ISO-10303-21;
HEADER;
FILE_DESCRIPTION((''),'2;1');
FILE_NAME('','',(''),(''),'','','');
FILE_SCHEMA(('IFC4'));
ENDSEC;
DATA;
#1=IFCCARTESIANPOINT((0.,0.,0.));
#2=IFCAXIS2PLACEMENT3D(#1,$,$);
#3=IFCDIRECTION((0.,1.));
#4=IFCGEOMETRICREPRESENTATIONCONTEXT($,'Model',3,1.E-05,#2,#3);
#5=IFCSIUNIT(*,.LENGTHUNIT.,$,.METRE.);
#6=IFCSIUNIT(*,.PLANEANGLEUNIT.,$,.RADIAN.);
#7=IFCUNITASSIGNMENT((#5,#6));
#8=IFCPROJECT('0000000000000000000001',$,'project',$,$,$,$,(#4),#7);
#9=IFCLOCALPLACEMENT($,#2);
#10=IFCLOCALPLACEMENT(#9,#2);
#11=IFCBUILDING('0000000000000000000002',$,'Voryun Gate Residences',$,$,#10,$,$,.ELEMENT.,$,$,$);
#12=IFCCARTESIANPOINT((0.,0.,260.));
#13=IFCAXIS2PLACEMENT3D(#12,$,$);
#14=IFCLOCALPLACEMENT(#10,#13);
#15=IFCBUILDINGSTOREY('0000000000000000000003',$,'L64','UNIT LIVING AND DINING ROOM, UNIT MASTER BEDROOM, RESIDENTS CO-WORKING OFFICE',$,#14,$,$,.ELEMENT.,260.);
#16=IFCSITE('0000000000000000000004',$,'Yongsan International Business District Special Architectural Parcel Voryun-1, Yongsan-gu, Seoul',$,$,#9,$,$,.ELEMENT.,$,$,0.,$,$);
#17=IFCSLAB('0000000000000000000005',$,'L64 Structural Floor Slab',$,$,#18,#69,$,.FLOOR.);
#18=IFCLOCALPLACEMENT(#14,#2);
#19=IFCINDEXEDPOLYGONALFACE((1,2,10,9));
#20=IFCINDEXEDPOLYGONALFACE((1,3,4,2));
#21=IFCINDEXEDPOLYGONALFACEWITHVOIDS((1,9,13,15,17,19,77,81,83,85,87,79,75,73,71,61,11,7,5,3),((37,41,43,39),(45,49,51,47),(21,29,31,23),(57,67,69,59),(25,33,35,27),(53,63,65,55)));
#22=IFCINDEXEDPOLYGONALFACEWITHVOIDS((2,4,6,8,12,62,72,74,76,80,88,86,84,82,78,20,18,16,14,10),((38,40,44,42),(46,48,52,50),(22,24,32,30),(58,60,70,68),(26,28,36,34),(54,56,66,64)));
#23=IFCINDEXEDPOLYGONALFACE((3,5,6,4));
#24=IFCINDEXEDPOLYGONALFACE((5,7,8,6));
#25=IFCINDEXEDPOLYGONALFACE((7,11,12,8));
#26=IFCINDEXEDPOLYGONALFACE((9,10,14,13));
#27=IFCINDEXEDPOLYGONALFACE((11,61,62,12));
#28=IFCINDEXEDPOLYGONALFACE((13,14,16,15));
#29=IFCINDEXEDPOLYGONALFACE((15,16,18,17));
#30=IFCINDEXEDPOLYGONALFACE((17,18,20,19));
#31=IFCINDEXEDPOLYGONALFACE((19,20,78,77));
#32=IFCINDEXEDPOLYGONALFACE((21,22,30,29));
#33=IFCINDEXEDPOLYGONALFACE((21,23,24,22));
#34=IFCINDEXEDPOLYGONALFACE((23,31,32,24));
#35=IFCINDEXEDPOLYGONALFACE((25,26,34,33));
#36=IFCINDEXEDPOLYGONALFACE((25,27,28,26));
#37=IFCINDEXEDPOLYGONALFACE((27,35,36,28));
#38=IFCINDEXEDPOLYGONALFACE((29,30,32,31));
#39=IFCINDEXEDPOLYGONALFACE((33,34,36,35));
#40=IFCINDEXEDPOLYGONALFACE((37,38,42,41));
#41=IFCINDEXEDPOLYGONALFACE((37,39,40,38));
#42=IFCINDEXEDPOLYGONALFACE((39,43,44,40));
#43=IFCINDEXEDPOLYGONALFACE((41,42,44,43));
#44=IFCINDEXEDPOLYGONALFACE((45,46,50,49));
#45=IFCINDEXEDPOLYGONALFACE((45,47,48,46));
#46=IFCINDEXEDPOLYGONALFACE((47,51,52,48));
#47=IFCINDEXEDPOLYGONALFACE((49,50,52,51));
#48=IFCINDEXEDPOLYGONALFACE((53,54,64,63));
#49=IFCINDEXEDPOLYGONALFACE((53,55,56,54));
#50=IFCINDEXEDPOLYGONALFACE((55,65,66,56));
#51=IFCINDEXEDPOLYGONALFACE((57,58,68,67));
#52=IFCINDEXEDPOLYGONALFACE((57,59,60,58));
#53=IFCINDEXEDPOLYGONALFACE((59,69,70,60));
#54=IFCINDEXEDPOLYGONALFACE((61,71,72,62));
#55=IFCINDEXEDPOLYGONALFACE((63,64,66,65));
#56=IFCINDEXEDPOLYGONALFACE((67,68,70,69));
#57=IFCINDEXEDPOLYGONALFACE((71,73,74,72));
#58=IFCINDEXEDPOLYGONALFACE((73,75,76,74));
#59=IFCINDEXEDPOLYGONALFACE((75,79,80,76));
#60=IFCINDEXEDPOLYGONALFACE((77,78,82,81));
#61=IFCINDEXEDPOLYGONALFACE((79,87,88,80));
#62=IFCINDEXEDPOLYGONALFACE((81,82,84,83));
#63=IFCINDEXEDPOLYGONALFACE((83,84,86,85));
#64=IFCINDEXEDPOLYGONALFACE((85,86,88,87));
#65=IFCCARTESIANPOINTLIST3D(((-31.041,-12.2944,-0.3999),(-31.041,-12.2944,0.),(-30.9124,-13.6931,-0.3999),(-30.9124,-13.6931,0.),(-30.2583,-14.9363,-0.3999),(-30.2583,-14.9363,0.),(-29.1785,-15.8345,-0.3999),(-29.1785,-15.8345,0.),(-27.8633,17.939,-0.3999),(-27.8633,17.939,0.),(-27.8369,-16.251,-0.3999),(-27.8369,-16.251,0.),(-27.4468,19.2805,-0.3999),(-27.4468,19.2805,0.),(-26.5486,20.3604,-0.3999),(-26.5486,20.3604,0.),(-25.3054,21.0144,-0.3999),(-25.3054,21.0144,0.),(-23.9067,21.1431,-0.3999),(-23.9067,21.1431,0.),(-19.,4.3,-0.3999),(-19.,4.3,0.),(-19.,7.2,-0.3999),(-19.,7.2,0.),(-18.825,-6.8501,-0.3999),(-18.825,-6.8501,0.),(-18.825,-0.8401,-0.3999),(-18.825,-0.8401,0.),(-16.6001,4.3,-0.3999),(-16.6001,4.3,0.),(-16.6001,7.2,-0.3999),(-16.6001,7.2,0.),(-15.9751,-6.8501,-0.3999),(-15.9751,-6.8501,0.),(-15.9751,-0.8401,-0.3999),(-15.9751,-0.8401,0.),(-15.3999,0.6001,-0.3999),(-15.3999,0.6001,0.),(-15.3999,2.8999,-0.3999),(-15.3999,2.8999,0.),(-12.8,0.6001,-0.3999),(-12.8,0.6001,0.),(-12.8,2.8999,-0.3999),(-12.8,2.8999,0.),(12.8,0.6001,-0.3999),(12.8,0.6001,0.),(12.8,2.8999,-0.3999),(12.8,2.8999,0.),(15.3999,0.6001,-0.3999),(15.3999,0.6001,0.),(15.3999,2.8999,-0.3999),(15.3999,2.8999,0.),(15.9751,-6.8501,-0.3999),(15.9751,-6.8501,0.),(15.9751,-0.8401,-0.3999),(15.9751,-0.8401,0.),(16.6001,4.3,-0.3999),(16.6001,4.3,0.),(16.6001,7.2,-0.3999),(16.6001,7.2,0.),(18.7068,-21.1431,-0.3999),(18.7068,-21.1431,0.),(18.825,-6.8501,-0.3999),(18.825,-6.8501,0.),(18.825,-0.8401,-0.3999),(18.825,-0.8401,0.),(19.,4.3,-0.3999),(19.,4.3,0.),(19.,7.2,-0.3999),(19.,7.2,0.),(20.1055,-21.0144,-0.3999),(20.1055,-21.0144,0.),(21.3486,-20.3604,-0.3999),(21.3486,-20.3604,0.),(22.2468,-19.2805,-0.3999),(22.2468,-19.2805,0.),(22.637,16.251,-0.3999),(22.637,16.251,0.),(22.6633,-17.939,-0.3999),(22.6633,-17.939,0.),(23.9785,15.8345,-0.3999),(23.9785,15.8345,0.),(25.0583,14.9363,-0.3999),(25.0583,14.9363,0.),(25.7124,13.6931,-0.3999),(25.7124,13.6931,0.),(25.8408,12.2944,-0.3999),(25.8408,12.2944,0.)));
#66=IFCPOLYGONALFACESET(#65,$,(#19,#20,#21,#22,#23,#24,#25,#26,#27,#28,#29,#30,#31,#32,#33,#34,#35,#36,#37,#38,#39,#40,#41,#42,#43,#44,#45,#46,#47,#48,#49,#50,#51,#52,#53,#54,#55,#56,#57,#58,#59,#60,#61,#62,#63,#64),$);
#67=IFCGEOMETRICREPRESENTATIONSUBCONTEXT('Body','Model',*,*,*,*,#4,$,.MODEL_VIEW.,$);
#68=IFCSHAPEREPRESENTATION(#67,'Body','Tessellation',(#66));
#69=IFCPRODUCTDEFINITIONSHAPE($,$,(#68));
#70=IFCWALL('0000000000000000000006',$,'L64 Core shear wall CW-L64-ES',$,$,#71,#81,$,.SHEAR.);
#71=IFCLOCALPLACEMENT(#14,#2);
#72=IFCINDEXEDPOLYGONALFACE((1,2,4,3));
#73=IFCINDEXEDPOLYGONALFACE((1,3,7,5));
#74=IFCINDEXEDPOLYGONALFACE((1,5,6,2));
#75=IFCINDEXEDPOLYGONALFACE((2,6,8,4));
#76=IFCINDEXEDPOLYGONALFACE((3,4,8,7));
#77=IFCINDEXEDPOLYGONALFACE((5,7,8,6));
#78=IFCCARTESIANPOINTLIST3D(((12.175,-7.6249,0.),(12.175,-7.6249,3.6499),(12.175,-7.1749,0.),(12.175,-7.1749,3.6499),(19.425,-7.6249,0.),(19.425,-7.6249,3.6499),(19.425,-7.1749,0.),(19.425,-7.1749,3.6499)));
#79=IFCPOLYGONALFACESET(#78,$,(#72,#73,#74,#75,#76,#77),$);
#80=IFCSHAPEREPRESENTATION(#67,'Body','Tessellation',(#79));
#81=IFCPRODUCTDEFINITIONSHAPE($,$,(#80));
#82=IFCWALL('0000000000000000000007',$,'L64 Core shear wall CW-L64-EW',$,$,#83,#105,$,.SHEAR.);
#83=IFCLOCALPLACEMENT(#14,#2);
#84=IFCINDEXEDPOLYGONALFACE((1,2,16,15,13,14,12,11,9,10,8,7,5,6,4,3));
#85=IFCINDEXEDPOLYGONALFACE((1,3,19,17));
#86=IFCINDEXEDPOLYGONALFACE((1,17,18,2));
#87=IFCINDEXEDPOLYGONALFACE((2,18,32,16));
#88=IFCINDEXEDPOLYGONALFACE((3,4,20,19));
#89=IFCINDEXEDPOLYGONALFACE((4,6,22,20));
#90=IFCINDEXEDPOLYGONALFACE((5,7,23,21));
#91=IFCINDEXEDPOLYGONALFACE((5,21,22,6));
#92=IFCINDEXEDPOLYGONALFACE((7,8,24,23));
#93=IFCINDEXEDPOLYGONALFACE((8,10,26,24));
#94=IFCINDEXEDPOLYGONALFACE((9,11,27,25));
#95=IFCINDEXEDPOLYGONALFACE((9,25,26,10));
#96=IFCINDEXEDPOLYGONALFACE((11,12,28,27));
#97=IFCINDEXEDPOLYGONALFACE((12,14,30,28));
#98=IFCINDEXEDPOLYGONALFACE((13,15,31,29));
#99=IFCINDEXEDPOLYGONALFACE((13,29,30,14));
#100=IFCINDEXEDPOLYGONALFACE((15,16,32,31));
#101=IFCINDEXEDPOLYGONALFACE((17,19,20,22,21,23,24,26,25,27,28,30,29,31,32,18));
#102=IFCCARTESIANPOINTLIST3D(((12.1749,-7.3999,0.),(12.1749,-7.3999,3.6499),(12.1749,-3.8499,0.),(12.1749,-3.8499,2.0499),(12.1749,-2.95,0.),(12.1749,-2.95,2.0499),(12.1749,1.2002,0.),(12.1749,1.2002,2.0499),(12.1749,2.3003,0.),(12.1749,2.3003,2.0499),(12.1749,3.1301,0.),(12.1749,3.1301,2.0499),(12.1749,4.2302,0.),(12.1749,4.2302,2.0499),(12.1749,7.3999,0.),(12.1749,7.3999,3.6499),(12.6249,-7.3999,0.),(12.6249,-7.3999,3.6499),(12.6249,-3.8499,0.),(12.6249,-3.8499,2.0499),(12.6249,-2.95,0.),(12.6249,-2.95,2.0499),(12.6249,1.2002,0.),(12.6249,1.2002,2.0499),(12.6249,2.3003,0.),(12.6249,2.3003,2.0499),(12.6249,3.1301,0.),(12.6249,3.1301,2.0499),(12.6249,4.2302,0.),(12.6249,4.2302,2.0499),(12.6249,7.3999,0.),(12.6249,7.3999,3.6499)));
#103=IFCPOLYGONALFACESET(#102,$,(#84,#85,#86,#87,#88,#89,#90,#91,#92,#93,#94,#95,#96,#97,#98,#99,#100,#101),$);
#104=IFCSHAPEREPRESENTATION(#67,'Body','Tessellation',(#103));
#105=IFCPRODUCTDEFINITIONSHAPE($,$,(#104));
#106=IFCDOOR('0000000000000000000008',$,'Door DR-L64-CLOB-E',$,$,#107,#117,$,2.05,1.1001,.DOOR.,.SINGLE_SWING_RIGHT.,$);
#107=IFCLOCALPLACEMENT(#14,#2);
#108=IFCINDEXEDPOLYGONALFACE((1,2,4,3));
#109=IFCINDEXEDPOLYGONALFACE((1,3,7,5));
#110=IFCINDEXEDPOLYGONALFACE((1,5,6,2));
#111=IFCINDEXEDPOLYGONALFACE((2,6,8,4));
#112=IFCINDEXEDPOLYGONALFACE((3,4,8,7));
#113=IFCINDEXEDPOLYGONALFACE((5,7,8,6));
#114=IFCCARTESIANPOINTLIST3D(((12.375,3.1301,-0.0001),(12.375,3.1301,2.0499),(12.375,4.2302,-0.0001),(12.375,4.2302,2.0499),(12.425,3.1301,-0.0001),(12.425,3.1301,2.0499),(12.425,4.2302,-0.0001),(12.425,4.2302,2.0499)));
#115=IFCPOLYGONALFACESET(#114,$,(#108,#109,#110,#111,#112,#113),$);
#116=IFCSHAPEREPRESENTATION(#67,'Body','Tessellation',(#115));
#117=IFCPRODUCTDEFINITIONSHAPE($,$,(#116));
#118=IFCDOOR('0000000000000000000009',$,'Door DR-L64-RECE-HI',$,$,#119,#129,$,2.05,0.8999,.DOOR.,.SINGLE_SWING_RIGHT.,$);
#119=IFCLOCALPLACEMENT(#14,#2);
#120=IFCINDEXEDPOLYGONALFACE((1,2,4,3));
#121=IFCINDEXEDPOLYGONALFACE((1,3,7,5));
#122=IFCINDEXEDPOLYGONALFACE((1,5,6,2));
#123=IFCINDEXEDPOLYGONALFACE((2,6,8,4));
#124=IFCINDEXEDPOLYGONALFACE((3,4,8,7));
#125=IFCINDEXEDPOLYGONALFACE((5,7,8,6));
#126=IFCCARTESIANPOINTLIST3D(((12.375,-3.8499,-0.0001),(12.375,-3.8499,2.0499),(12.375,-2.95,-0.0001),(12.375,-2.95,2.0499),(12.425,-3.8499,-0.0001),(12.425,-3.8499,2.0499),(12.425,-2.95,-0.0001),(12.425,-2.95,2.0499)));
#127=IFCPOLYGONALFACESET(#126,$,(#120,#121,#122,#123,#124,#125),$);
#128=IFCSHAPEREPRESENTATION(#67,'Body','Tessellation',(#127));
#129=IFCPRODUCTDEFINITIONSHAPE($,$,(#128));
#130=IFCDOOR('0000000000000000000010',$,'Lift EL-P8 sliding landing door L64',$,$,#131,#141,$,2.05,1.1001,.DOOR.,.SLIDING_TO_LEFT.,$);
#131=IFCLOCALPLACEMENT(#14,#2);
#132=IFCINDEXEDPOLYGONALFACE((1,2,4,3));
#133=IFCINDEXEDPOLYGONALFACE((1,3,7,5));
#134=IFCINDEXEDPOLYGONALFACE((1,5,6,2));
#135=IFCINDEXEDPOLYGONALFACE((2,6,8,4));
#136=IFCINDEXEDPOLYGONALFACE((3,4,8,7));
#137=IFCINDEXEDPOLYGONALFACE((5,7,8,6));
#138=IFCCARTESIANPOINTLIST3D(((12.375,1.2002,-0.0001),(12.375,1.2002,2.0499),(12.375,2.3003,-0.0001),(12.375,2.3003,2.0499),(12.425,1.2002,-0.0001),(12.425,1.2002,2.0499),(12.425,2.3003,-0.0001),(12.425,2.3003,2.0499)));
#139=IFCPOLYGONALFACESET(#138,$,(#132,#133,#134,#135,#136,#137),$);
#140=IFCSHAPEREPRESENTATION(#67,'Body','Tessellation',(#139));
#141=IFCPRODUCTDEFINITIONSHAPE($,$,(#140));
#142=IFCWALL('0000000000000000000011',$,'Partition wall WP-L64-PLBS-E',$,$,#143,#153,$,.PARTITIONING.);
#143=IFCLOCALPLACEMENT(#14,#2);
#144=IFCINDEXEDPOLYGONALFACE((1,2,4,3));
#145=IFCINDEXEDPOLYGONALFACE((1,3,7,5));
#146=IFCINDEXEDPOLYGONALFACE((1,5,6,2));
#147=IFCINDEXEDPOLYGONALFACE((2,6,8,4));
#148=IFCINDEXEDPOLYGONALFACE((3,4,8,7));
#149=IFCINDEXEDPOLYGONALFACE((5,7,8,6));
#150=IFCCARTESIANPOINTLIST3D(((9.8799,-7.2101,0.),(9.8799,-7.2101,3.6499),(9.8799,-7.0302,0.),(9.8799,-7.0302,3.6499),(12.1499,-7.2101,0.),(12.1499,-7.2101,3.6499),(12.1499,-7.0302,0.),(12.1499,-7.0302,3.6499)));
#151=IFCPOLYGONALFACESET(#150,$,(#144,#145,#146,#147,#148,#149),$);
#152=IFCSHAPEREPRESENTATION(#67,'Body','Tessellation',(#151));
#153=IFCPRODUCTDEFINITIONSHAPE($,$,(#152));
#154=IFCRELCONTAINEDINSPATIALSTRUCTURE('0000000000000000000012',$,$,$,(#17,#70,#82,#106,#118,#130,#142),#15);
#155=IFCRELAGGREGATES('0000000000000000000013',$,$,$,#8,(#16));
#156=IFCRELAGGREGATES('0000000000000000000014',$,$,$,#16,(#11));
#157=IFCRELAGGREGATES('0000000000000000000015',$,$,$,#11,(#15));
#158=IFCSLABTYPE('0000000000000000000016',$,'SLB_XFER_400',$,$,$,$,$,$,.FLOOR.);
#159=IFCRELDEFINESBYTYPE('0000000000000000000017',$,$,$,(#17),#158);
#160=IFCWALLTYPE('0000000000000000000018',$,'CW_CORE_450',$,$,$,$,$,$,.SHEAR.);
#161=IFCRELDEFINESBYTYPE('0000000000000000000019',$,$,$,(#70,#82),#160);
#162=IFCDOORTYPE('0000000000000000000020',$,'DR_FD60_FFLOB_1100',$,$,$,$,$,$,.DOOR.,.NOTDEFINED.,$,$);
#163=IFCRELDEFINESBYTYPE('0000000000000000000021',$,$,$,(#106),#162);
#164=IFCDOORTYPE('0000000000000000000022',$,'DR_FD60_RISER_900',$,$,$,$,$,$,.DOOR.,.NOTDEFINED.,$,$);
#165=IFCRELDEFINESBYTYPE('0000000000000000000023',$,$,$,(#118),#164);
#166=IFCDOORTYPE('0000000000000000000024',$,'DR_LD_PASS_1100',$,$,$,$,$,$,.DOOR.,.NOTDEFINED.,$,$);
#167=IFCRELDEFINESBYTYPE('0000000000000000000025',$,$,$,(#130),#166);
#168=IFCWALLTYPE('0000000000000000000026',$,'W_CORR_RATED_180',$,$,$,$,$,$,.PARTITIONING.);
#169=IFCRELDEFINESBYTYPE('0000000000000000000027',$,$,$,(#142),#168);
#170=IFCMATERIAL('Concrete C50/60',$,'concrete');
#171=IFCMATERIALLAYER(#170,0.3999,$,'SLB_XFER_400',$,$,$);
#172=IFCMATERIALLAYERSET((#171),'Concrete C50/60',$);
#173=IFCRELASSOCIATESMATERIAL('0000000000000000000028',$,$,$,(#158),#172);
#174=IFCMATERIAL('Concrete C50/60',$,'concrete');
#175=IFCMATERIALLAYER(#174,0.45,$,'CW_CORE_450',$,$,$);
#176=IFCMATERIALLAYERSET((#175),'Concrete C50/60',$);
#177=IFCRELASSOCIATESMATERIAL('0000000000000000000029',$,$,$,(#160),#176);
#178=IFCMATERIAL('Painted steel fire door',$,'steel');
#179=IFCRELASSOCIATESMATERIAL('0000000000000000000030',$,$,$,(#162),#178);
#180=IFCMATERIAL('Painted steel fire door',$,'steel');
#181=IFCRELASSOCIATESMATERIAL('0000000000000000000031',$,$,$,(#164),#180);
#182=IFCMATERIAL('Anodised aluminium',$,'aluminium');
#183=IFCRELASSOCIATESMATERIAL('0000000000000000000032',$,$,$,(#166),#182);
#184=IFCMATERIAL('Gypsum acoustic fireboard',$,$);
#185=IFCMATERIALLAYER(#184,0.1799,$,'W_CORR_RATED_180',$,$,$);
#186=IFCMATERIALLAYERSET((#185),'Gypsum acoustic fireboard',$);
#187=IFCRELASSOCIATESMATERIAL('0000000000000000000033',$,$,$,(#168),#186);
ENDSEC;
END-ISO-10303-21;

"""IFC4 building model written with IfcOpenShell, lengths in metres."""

from ifc_helpers import new_model, si_unit, direction, frame, frame_2d, origin, place, context, subcontext, project, spatial, polyline, rectangle, outline, extrude, material, layer, layer_set, type_object, element, fill, save


model = new_model("IFC4")

# Units and contexts
model_context = context("Model", 3, precision=1e-05, world=origin(), true_north=direction((0.0, 1.0)))
body_context = subcontext(model_context, "Body", "Model", "MODEL_VIEW")
ifc_project = project(units=[si_unit("LENGTHUNIT", "METRE"), si_unit("PLANEANGLEUNIT", "RADIAN")], contexts=[model_context])

# Site, building, storey
site_placement = place(None, origin())
site = spatial("IfcSite", under=ifc_project, at=site_placement, Name="Yongsan International Business District Special Architectural Parcel Voryun-1, Yongsan-gu, Seoul", CompositionType="ELEMENT", RefElevation=0.0)
building_placement = place(site_placement, origin())
building = spatial("IfcBuilding", under=site, at=building_placement, Name="Voryun Gate Residences", CompositionType="ELEMENT")
storey_placement = place(building_placement, frame((0.0, 0.0, 260.0)))
storey = spatial("IfcBuildingStorey", under=building, at=storey_placement, Name="L64", Description="UNIT LIVING AND DINING ROOM, UNIT MASTER BEDROOM, RESIDENTS CO-WORKING OFFICE", CompositionType="ELEMENT", Elevation=260.0)

# Slab
ifc_material_1 = material(Name="Concrete C50/60", Category="concrete")
ifc_layer_1 = layer(ifc_material_1, 0.3999, Name="SLB_XFER_400")
ifc_layer_set_1 = layer_set([ifc_layer_1], Name="Concrete C50/60")
slab_type_1 = type_object("IfcSlabType", Name="SLB_XFER_400", PredefinedType="FLOOR", material=ifc_layer_set_1)
slab_1_placement = place(storey_placement, frame((0.0, 0.0, -0.3999)))
element("IfcSlab", 1, at=slab_1_placement, inside=storey, type_object=slab_type_1, Name="L64 Structural Floor Slab", PredefinedType="FLOOR", context=body_context, shape_type="SweptSolid", body=[
    extrude(outline(polyline([(-27.8369, -16.251), (-29.1785, -15.8345), (-30.2583, -14.9363), (-30.9124, -13.6931), (-31.041, -12.2944), (-27.8633, 17.939), (-27.4468, 19.2805), (-26.5486, 20.3604), (-25.3054, 21.0144), (-23.9067, 21.1431), (22.637, 16.251), (23.9785, 15.8345), (25.0583, 14.9363), (25.7124, 13.6931), (25.8408, 12.2944), (22.6633, -17.939), (22.2468, -19.2805), (21.3486, -20.3604), (20.1055, -21.0144), (18.7068, -21.1431), (-27.8369, -16.251)]), holes=[polyline([(-15.9751, -0.8401), (-18.825, -0.8401), (-18.825, -6.8501), (-15.9751, -6.8501), (-15.9751, -0.8401)]), polyline([(18.825, -6.8501), (18.825, -0.8401), (15.9751, -0.8401), (15.9751, -6.8501), (18.825, -6.8501)]), polyline([(-12.8, 2.8999), (-15.3999, 2.8999), (-15.3999, 0.6001), (-12.8, 0.6001), (-12.8, 2.8999)]), polyline([(12.8, 2.8999), (12.8, 0.6001), (15.3999, 0.6001), (15.3999, 2.8999), (12.8, 2.8999)]), polyline([(-16.6001, 7.2), (-19.0, 7.2), (-19.0, 4.3), (-16.6001, 4.3), (-16.6001, 7.2)]), polyline([(19.0, 7.2), (16.6001, 7.2), (16.6001, 4.3), (19.0, 4.3), (19.0, 7.2)])]), origin(), (0.0, 0.0, 1.0), 0.3999),
])

# Wall
ifc_material_2 = material(Name="Concrete C50/60", Category="concrete")
ifc_layer_2 = layer(ifc_material_2, 0.45, Name="CW_CORE_450")
ifc_layer_set_2 = layer_set([ifc_layer_2], Name="Concrete C50/60")
wall_type_1 = type_object("IfcWallType", Name="CW_CORE_450", PredefinedType="SHEAR", material=ifc_layer_set_2)
wall_1_placement = place(storey_placement, frame((12.175, -7.3999, 0.0), z_axis=(0.0, 0.0, 1.0), x_axis=(1.0, 0.0, 0.0)))
element("IfcWall", 2, at=wall_1_placement, inside=storey, type_object=wall_type_1, Name="L64 Core shear wall CW-L64-ES", PredefinedType="SHEAR", context=body_context, shape_type="SweptSolid", body=[
    extrude(rectangle(XDim=7.25, YDim=0.45, at=frame_2d((3.625, 0.0))), origin(), (0.0, 0.0, 1.0), 3.6499),
])

# Wall, openings, doors
wall_2_placement = place(storey_placement, frame((12.3999, -7.3999, 0.0), z_axis=(0.0, 0.0, 1.0), x_axis=(0.0, 1.0, 0.0)))
wall_2 = element("IfcWall", 3, at=wall_2_placement, inside=storey, type_object=wall_type_1, Name="L64 Core shear wall CW-L64-EW", PredefinedType="SHEAR", context=body_context, shape_type="SweptSolid", body=[
    extrude(rectangle(XDim=14.7998, YDim=0.45, at=frame_2d((7.3999, 0.0))), origin(), (0.0, 0.0, 1.0), 3.6499),
])
opening_1_placement = place(wall_2_placement, frame((8.6001, 0.0, 0.0)))
opening_1 = element("IfcOpeningElement", 4, at=opening_1_placement, cuts=wall_2, PredefinedType="OPENING", context=body_context, shape_type="SweptSolid", body=[
    extrude(rectangle(XDim=1.1001, YDim=2.05, at=frame_2d((0.55, 1.0249))), frame((0.0, 0.2351, 0.0), z_axis=(0.0, -1.0, 0.0), x_axis=(1.0, 0.0, 0.0)), (0.0, 0.0, 1.0), 0.47),
])
opening_2_placement = place(wall_2_placement, frame((10.53, 0.0, 0.0)))
opening_2 = element("IfcOpeningElement", 5, at=opening_2_placement, cuts=wall_2, PredefinedType="OPENING", context=body_context, shape_type="SweptSolid", body=[
    extrude(rectangle(XDim=1.1001, YDim=2.05, at=frame_2d((0.55, 1.0249))), frame((0.0, 0.2351, 0.0), z_axis=(0.0, -1.0, 0.0), x_axis=(1.0, 0.0, 0.0)), (0.0, 0.0, 1.0), 0.47),
])
opening_3_placement = place(wall_2_placement, frame((3.55, 0.0, 0.0)))
opening_3 = element("IfcOpeningElement", 6, at=opening_3_placement, cuts=wall_2, PredefinedType="OPENING", context=body_context, shape_type="SweptSolid", body=[
    extrude(rectangle(XDim=0.8999, YDim=2.05, at=frame_2d((0.45, 1.0249))), frame((0.0, 0.2351, 0.0), z_axis=(0.0, -1.0, 0.0), x_axis=(1.0, 0.0, 0.0)), (0.0, 0.0, 1.0), 0.47),
])
ifc_material_3 = material(Name="Painted steel fire door", Category="steel")
door_type_1 = type_object("IfcDoorType", Name="DR_FD60_FFLOB_1100", OperationType="NOTDEFINED", PredefinedType="DOOR", material=ifc_material_3)
door_1_placement = place(opening_2_placement, origin())
door_1 = element("IfcDoor", 7, at=door_1_placement, inside=storey, type_object=door_type_1, Name="Door DR-L64-CLOB-E", OperationType="SINGLE_SWING_RIGHT", OverallHeight=2.05, OverallWidth=1.1001, PredefinedType="DOOR", context=body_context, shape_type="SweptSolid", body=[
    extrude(rectangle(XDim=1.1001, YDim=2.05, at=frame_2d((0.55, 1.0249))), frame((0.0, 0.0249, 0.0), z_axis=(0.0, -1.0, 0.0), x_axis=(1.0, 0.0, 0.0)), (0.0, 0.0, 1.0), 0.05),
])
fill(opening_2, door_1)
ifc_material_4 = material(Name="Painted steel fire door", Category="steel")
door_type_2 = type_object("IfcDoorType", Name="DR_FD60_RISER_900", OperationType="NOTDEFINED", PredefinedType="DOOR", material=ifc_material_4)
door_2_placement = place(opening_3_placement, origin())
door_2 = element("IfcDoor", 8, at=door_2_placement, inside=storey, type_object=door_type_2, Name="Door DR-L64-RECE-HI", OperationType="SINGLE_SWING_RIGHT", OverallHeight=2.05, OverallWidth=0.8999, PredefinedType="DOOR", context=body_context, shape_type="SweptSolid", body=[
    extrude(rectangle(XDim=0.8999, YDim=2.05, at=frame_2d((0.45, 1.0249))), frame((0.0, 0.0249, 0.0), z_axis=(0.0, -1.0, 0.0), x_axis=(1.0, 0.0, 0.0)), (0.0, 0.0, 1.0), 0.05),
])
fill(opening_3, door_2)
ifc_material_5 = material(Name="Anodised aluminium", Category="aluminium")
door_type_3 = type_object("IfcDoorType", Name="DR_LD_PASS_1100", OperationType="NOTDEFINED", PredefinedType="DOOR", material=ifc_material_5)
door_3_placement = place(opening_1_placement, origin())
door_3 = element("IfcDoor", 9, at=door_3_placement, inside=storey, type_object=door_type_3, Name="Lift EL-P8 sliding landing door L64", OperationType="SLIDING_TO_LEFT", OverallHeight=2.05, OverallWidth=1.1001, PredefinedType="DOOR", context=body_context, shape_type="SweptSolid", body=[
    extrude(rectangle(XDim=1.1001, YDim=2.05, at=frame_2d((0.55, 1.0249))), frame((0.0, 0.0249, 0.0), z_axis=(0.0, -1.0, 0.0), x_axis=(1.0, 0.0, 0.0)), (0.0, 0.0, 1.0), 0.05),
])
fill(opening_1, door_3)

# Wall
ifc_material_6 = material(Name="Gypsum acoustic fireboard")
ifc_layer_3 = layer(ifc_material_6, 0.1799, Name="W_CORR_RATED_180")
ifc_layer_set_3 = layer_set([ifc_layer_3], Name="Gypsum acoustic fireboard")
wall_type_2 = type_object("IfcWallType", Name="W_CORR_RATED_180", PredefinedType="PARTITIONING", material=ifc_layer_set_3)
wall_3_placement = place(storey_placement, frame((9.8799, -7.1201, 0.0), z_axis=(0.0, 0.0, 1.0), x_axis=(1.0, 0.0, 0.0)))
element("IfcWall", 10, at=wall_3_placement, inside=storey, type_object=wall_type_2, Name="Partition wall WP-L64-PLBS-E", PredefinedType="PARTITIONING", context=body_context, shape_type="SweptSolid", body=[
    extrude(rectangle(XDim=2.27, YDim=0.1799, at=frame_2d((1.135, 0.0))), origin(), (0.0, 0.0, 1.0), 3.6499),
])

save(model, "model.ifc")
